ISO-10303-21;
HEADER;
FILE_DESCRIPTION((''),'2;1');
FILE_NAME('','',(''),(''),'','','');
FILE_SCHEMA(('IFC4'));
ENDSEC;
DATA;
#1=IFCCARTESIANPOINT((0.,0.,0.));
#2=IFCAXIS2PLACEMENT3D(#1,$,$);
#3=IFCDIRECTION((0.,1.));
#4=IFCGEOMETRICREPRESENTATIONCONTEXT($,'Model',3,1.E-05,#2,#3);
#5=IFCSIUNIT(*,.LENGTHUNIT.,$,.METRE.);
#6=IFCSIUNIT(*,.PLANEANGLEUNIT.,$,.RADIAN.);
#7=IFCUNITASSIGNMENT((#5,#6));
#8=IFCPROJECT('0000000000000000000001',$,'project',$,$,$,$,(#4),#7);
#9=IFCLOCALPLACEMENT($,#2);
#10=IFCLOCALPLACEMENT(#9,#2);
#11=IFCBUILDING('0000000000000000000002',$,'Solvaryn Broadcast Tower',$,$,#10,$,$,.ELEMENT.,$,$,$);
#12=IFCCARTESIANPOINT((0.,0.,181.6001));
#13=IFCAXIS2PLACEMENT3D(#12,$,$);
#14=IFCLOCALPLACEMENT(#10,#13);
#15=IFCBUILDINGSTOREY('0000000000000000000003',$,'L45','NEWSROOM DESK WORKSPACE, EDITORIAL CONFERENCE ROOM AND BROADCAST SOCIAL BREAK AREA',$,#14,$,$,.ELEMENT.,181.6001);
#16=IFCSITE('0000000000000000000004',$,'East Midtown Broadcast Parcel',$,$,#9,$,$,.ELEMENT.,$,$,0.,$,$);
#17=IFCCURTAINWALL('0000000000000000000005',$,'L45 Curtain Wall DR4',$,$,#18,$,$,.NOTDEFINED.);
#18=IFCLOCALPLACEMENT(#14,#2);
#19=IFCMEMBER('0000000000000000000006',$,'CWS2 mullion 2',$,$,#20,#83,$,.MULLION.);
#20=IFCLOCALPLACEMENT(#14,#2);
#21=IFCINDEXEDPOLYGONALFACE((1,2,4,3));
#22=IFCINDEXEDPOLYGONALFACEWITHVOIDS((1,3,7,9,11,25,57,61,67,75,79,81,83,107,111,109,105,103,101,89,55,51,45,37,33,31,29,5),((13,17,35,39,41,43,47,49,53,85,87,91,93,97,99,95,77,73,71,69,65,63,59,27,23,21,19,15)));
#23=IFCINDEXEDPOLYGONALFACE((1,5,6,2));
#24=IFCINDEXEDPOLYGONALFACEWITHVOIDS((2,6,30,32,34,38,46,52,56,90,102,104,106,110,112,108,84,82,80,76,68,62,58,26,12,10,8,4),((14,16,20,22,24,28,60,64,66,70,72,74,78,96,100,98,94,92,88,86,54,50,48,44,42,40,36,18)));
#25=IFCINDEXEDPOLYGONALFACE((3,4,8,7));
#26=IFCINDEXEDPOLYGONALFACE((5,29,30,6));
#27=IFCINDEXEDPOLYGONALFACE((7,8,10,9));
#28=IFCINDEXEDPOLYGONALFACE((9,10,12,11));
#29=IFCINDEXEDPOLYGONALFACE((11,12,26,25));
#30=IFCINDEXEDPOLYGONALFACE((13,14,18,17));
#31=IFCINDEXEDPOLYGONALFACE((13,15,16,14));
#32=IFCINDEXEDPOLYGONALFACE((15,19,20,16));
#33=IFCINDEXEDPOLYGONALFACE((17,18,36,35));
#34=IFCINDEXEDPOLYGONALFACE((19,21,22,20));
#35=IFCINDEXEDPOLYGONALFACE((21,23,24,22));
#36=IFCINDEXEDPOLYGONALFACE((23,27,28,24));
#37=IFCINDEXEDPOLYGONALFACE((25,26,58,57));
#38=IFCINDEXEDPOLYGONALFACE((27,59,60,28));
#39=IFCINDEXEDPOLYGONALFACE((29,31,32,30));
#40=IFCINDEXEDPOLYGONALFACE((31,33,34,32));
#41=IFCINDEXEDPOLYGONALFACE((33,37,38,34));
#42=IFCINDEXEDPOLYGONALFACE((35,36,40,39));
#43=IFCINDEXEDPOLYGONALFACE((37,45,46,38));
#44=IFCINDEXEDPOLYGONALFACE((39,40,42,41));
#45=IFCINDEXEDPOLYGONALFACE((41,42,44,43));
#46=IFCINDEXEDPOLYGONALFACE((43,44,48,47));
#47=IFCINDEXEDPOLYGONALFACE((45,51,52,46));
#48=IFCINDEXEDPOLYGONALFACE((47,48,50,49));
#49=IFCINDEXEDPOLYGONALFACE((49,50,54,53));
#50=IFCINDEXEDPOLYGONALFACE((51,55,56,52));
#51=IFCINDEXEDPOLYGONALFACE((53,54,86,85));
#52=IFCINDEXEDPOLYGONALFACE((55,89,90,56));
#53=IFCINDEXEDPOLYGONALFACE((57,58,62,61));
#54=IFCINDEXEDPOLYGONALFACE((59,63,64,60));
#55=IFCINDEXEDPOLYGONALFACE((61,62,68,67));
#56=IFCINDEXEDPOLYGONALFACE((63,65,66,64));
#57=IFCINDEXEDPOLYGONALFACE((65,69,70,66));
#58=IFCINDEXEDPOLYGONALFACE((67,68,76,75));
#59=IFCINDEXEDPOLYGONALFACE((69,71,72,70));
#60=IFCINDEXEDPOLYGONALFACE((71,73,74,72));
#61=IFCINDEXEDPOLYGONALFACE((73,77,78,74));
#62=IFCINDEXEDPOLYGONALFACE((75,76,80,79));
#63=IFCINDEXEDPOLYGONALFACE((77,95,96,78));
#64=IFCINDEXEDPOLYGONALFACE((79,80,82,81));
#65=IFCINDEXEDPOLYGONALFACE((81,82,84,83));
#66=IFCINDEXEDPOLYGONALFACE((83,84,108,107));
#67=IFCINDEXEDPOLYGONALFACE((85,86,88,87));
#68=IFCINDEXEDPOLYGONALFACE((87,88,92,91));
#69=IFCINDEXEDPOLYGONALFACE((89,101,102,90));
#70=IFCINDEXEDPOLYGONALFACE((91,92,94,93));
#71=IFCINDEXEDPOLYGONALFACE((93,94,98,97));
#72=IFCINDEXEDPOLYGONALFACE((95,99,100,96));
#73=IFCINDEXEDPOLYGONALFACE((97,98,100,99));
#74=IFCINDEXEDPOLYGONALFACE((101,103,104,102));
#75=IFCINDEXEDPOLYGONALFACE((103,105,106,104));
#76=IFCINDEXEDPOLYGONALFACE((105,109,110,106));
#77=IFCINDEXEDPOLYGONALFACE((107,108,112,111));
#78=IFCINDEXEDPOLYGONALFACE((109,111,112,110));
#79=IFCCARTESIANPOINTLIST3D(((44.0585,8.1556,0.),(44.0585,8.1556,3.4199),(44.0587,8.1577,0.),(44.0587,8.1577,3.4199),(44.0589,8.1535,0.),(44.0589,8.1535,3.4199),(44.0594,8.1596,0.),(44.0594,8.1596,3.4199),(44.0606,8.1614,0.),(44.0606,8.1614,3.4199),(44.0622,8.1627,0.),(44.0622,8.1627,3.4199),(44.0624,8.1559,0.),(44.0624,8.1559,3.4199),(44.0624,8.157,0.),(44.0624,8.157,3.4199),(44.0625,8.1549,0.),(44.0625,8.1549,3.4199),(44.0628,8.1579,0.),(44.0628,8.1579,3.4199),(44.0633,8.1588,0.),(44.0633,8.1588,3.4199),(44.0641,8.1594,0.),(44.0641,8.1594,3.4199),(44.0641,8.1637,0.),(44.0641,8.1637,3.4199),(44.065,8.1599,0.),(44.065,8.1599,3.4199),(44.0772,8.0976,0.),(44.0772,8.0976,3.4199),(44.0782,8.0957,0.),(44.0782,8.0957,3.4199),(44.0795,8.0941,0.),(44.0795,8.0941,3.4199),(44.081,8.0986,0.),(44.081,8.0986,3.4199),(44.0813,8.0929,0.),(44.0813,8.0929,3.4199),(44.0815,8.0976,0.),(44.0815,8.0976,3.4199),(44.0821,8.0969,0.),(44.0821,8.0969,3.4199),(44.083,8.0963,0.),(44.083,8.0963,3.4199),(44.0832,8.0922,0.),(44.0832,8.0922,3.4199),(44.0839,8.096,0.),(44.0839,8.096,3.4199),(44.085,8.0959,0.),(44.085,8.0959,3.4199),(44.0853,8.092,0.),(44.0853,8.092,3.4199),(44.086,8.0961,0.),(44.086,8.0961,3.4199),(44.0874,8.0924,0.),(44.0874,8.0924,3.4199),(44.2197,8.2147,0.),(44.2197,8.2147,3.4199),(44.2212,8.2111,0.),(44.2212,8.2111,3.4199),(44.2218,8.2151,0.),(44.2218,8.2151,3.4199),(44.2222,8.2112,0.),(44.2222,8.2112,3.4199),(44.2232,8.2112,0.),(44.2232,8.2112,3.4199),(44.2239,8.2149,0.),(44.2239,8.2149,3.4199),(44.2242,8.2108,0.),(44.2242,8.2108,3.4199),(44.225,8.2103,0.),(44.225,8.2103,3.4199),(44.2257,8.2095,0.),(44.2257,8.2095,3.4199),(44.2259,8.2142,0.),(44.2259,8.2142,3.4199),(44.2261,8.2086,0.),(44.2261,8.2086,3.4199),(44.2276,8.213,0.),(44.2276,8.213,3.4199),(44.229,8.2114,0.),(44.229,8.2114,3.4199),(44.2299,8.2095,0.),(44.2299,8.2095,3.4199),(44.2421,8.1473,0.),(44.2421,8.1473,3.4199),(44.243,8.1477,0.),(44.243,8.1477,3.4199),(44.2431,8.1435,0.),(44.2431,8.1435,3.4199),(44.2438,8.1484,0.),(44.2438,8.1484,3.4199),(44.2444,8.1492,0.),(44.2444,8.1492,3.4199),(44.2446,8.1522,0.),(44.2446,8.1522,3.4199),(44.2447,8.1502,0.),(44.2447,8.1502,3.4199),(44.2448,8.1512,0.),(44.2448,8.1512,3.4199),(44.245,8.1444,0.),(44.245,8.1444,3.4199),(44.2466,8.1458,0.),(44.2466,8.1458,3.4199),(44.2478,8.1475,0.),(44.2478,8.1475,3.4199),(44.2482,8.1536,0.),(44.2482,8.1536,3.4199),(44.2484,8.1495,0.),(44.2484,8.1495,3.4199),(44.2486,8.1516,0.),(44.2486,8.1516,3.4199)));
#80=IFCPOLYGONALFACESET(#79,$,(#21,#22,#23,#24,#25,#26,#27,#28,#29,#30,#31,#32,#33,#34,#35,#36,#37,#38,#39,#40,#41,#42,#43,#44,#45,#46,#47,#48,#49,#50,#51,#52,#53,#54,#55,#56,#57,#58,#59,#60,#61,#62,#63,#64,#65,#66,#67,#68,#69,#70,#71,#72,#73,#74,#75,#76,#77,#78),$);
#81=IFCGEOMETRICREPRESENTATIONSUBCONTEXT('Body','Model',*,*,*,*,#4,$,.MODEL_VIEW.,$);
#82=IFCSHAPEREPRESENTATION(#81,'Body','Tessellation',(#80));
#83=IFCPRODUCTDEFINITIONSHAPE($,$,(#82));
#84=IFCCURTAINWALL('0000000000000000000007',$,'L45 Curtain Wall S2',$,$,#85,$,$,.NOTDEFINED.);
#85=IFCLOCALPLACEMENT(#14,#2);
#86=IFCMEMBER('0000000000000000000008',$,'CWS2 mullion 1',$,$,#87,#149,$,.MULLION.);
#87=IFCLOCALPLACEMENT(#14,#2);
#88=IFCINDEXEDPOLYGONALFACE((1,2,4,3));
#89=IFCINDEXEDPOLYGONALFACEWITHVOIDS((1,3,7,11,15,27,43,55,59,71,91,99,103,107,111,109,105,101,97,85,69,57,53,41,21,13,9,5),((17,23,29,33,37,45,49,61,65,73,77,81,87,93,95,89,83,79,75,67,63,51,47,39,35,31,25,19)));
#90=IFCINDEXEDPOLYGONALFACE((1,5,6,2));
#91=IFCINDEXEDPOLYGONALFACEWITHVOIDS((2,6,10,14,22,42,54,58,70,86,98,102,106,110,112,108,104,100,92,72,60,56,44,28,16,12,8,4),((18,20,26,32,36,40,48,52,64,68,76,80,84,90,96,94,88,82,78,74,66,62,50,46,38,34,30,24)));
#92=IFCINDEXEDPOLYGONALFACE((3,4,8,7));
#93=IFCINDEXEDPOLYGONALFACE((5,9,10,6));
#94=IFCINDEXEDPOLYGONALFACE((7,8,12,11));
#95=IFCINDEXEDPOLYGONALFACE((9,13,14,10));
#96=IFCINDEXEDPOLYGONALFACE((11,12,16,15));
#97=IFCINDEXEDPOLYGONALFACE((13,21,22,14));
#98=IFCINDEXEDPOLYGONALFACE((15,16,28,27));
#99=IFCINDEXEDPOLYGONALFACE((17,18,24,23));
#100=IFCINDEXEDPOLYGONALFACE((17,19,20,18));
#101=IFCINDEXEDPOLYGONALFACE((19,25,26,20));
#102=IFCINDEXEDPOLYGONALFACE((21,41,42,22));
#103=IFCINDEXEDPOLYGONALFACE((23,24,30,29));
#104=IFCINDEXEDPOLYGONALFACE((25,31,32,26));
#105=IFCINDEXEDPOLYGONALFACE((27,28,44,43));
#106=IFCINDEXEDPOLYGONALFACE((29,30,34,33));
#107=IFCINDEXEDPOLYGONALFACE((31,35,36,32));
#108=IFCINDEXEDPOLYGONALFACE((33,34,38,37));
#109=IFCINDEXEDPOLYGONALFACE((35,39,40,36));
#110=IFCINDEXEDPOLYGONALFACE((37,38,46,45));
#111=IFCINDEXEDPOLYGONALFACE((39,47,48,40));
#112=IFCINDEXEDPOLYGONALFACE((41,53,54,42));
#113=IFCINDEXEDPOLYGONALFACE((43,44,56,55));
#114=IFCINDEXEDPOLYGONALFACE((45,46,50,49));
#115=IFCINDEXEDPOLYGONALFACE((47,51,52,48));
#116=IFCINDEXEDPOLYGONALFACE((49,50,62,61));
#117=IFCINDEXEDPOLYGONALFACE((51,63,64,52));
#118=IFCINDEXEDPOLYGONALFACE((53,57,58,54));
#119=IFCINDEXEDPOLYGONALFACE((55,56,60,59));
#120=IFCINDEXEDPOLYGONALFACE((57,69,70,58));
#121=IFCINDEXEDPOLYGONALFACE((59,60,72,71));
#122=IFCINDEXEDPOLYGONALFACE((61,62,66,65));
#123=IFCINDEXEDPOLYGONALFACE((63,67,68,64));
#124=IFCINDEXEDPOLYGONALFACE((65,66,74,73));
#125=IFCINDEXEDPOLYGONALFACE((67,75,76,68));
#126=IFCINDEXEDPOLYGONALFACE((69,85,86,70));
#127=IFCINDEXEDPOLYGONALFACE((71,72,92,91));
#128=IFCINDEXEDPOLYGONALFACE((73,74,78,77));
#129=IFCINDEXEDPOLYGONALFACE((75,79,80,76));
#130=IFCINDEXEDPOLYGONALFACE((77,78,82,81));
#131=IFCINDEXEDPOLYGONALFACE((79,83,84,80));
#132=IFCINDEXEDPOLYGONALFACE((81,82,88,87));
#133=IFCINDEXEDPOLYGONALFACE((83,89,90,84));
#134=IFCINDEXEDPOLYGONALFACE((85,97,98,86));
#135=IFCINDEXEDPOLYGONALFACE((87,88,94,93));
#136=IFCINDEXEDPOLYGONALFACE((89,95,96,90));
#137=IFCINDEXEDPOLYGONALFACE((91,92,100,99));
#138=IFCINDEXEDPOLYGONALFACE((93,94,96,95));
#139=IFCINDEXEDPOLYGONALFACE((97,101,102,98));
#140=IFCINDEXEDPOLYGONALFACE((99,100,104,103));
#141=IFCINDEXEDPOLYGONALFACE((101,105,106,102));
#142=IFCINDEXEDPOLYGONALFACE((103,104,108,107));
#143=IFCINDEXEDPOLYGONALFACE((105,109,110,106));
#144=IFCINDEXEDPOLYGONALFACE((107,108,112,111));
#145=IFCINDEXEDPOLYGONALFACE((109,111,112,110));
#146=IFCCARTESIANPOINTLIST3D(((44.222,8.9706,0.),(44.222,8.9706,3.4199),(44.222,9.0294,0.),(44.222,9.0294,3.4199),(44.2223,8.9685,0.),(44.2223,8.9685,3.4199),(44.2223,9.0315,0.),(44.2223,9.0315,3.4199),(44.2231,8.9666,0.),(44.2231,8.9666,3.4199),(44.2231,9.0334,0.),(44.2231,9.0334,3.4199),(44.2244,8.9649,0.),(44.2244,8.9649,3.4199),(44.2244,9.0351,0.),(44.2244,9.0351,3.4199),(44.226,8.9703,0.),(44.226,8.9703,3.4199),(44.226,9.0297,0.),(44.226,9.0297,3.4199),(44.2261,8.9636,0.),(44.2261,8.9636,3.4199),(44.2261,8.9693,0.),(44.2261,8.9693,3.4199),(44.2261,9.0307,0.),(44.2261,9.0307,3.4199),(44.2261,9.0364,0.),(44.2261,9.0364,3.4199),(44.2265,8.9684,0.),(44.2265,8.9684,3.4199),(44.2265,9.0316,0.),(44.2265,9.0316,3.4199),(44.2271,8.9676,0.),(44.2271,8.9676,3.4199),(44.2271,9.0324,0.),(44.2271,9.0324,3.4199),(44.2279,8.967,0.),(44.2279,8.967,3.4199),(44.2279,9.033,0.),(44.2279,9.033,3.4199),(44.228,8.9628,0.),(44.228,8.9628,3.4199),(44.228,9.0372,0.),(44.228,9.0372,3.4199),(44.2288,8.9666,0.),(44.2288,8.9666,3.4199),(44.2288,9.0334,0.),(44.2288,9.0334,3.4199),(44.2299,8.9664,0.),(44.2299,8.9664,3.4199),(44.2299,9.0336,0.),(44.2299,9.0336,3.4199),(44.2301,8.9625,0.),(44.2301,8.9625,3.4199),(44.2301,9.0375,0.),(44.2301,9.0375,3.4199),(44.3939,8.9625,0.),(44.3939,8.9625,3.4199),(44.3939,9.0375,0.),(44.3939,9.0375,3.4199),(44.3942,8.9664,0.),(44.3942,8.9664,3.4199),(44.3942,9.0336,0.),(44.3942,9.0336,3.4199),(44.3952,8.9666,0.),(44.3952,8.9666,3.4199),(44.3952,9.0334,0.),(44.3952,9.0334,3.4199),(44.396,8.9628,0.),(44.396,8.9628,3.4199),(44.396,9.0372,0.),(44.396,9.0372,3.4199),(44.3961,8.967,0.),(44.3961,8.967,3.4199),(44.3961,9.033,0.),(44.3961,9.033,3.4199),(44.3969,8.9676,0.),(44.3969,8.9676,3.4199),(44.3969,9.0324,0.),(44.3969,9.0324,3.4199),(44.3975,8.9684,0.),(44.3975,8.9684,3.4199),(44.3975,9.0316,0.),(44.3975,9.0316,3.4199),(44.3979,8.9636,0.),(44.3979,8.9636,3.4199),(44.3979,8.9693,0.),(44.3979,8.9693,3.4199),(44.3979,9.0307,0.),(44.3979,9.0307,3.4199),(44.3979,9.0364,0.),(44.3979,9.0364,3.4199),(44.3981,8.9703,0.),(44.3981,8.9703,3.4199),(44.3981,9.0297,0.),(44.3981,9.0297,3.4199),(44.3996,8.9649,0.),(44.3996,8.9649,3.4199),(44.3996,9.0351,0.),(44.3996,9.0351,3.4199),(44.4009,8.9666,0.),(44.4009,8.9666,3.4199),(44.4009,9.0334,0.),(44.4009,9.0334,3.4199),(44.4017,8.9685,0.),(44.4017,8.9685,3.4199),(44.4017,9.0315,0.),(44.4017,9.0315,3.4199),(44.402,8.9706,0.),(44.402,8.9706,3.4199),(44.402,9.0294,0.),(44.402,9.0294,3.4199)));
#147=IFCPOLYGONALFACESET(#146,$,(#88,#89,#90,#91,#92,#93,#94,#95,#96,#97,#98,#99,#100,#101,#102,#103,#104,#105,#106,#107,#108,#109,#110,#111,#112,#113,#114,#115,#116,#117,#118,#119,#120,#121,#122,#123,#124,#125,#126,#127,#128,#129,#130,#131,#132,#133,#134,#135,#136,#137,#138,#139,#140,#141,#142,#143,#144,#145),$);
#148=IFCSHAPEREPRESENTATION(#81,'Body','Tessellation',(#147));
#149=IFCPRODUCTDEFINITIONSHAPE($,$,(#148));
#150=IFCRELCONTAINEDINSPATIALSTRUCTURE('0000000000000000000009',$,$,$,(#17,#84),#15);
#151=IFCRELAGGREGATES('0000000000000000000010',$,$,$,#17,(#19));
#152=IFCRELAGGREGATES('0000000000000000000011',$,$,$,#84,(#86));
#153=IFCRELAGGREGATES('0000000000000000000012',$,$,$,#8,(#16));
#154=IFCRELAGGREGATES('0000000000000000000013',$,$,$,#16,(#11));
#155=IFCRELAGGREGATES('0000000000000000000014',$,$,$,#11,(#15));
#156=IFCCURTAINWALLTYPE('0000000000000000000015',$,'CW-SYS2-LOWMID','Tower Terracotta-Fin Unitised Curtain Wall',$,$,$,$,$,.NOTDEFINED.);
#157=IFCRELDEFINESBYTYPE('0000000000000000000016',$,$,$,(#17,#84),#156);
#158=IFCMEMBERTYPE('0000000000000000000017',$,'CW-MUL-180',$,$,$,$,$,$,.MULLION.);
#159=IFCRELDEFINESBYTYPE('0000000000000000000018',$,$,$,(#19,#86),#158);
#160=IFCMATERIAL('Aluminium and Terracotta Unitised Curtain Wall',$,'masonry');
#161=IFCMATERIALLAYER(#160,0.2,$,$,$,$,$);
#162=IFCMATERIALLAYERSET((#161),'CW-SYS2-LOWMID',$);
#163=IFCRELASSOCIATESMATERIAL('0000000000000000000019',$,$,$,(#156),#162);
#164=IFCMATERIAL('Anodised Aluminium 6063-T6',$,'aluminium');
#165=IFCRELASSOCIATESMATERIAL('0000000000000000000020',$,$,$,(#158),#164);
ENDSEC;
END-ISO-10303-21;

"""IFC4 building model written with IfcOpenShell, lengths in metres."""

from ifc_helpers import new_model, si_unit, direction, frame, origin, origin_2d, place, context, subcontext, project, spatial, hollow_rectangle, extrude, material, layer, layer_set, material_profile, profile_set, type_object, element, aggregate, save


model = new_model("IFC4")

# Units and contexts
model_context = context("Model", 3, precision=1e-05, world=origin(), true_north=direction((0.0, 1.0)))
body_context = subcontext(model_context, "Body", "Model", "MODEL_VIEW")
ifc_project = project(units=[si_unit("LENGTHUNIT", "METRE"), si_unit("PLANEANGLEUNIT", "RADIAN")], contexts=[model_context])

# Site, building, storey
site_placement = place(None, origin())
site = spatial("IfcSite", under=ifc_project, at=site_placement, Name="East Midtown Broadcast Parcel", CompositionType="ELEMENT", RefElevation=0.0)
building_placement = place(site_placement, origin())
building = spatial("IfcBuilding", under=site, at=building_placement, Name="Solvaryn Broadcast Tower", CompositionType="ELEMENT")
storey_placement = place(building_placement, frame((0.0, 0.0, 181.6001)))
storey = spatial("IfcBuildingStorey", under=building, at=storey_placement, Name="L45", Description="NEWSROOM DESK WORKSPACE, EDITORIAL CONFERENCE ROOM AND BROADCAST SOCIAL BREAK AREA", CompositionType="ELEMENT", Elevation=181.6001)

# Curtain wall, member
ifc_material_1 = material(Name="Aluminium and Terracotta Unitised Curtain Wall", Category="masonry")
ifc_layer_1 = layer(ifc_material_1, 0.2)
ifc_layer_set_1 = layer_set([ifc_layer_1], Name="CW-SYS2-LOWMID")
curtain_wall_type = type_object("IfcCurtainWallType", Name="CW-SYS2-LOWMID", Description="Tower Terracotta-Fin Unitised Curtain Wall", PredefinedType="NOTDEFINED", material=ifc_layer_set_1)
curtain_wall_1_placement = place(storey_placement, origin())
curtain_wall_1 = element("IfcCurtainWall", 1, at=curtain_wall_1_placement, inside=storey, type_object=curtain_wall_type, Name="L45 Curtain Wall DR4", PredefinedType="NOTDEFINED")
ifc_material_2 = material(Name="Anodised Aluminium 6063-T6", Category="aluminium")
ifc_material_profile_1 = material_profile(ifc_material_2, hollow_rectangle(XDim=0.075, YDim=0.1799, WallThickness=0.0039, InnerFilletRadius=0.0039, OuterFilletRadius=0.0081, at=origin_2d()))
ifc_profile_set_1 = profile_set([ifc_material_profile_1], Name="Anodised Aluminium 6063-T6")
member_type_1 = type_object("IfcMemberType", Name="CW-MUL-180", PredefinedType="MULLION", material=ifc_profile_set_1)
member_1_placement = place(storey_placement, frame((44.1536, 8.1536, 0.0), z_axis=(0.0, 0.0, 1.0), x_axis=(-0.311559, 0.950227, 0.0)))
member_1 = element("IfcMember", 2, at=member_1_placement, type_object=member_type_1, Name="CWS2 mullion 2", PredefinedType="MULLION", context=body_context, shape_type="SweptSolid", body=[
    extrude(hollow_rectangle(XDim=0.075, YDim=0.1799, WallThickness=0.0039, InnerFilletRadius=0.0039, OuterFilletRadius=0.0081, at=origin_2d()), origin(), (0.0, 0.0, 1.0), 3.4199),
])
aggregate(curtain_wall_1, [member_1])

# Curtain wall, member
curtain_wall_2_placement = place(storey_placement, origin())
curtain_wall_2 = element("IfcCurtainWall", 3, at=curtain_wall_2_placement, inside=storey, type_object=curtain_wall_type, Name="L45 Curtain Wall S2", PredefinedType="NOTDEFINED")
member_2_placement = place(storey_placement, frame((44.312, 9.0, 0.0), z_axis=(0.0, 0.0, 1.0), x_axis=(0.0, 1.0, 0.0)))
member_2 = element("IfcMember", 4, at=member_2_placement, type_object=member_type_1, Name="CWS2 mullion 1", PredefinedType="MULLION", context=body_context, shape_type="SweptSolid", body=[
    extrude(hollow_rectangle(XDim=0.075, YDim=0.1799, WallThickness=0.0039, InnerFilletRadius=0.0039, OuterFilletRadius=0.0081, at=origin_2d()), origin(), (0.0, 0.0, 1.0), 3.4199),
])
aggregate(curtain_wall_2, [member_2])

save(model, "model.ifc")
